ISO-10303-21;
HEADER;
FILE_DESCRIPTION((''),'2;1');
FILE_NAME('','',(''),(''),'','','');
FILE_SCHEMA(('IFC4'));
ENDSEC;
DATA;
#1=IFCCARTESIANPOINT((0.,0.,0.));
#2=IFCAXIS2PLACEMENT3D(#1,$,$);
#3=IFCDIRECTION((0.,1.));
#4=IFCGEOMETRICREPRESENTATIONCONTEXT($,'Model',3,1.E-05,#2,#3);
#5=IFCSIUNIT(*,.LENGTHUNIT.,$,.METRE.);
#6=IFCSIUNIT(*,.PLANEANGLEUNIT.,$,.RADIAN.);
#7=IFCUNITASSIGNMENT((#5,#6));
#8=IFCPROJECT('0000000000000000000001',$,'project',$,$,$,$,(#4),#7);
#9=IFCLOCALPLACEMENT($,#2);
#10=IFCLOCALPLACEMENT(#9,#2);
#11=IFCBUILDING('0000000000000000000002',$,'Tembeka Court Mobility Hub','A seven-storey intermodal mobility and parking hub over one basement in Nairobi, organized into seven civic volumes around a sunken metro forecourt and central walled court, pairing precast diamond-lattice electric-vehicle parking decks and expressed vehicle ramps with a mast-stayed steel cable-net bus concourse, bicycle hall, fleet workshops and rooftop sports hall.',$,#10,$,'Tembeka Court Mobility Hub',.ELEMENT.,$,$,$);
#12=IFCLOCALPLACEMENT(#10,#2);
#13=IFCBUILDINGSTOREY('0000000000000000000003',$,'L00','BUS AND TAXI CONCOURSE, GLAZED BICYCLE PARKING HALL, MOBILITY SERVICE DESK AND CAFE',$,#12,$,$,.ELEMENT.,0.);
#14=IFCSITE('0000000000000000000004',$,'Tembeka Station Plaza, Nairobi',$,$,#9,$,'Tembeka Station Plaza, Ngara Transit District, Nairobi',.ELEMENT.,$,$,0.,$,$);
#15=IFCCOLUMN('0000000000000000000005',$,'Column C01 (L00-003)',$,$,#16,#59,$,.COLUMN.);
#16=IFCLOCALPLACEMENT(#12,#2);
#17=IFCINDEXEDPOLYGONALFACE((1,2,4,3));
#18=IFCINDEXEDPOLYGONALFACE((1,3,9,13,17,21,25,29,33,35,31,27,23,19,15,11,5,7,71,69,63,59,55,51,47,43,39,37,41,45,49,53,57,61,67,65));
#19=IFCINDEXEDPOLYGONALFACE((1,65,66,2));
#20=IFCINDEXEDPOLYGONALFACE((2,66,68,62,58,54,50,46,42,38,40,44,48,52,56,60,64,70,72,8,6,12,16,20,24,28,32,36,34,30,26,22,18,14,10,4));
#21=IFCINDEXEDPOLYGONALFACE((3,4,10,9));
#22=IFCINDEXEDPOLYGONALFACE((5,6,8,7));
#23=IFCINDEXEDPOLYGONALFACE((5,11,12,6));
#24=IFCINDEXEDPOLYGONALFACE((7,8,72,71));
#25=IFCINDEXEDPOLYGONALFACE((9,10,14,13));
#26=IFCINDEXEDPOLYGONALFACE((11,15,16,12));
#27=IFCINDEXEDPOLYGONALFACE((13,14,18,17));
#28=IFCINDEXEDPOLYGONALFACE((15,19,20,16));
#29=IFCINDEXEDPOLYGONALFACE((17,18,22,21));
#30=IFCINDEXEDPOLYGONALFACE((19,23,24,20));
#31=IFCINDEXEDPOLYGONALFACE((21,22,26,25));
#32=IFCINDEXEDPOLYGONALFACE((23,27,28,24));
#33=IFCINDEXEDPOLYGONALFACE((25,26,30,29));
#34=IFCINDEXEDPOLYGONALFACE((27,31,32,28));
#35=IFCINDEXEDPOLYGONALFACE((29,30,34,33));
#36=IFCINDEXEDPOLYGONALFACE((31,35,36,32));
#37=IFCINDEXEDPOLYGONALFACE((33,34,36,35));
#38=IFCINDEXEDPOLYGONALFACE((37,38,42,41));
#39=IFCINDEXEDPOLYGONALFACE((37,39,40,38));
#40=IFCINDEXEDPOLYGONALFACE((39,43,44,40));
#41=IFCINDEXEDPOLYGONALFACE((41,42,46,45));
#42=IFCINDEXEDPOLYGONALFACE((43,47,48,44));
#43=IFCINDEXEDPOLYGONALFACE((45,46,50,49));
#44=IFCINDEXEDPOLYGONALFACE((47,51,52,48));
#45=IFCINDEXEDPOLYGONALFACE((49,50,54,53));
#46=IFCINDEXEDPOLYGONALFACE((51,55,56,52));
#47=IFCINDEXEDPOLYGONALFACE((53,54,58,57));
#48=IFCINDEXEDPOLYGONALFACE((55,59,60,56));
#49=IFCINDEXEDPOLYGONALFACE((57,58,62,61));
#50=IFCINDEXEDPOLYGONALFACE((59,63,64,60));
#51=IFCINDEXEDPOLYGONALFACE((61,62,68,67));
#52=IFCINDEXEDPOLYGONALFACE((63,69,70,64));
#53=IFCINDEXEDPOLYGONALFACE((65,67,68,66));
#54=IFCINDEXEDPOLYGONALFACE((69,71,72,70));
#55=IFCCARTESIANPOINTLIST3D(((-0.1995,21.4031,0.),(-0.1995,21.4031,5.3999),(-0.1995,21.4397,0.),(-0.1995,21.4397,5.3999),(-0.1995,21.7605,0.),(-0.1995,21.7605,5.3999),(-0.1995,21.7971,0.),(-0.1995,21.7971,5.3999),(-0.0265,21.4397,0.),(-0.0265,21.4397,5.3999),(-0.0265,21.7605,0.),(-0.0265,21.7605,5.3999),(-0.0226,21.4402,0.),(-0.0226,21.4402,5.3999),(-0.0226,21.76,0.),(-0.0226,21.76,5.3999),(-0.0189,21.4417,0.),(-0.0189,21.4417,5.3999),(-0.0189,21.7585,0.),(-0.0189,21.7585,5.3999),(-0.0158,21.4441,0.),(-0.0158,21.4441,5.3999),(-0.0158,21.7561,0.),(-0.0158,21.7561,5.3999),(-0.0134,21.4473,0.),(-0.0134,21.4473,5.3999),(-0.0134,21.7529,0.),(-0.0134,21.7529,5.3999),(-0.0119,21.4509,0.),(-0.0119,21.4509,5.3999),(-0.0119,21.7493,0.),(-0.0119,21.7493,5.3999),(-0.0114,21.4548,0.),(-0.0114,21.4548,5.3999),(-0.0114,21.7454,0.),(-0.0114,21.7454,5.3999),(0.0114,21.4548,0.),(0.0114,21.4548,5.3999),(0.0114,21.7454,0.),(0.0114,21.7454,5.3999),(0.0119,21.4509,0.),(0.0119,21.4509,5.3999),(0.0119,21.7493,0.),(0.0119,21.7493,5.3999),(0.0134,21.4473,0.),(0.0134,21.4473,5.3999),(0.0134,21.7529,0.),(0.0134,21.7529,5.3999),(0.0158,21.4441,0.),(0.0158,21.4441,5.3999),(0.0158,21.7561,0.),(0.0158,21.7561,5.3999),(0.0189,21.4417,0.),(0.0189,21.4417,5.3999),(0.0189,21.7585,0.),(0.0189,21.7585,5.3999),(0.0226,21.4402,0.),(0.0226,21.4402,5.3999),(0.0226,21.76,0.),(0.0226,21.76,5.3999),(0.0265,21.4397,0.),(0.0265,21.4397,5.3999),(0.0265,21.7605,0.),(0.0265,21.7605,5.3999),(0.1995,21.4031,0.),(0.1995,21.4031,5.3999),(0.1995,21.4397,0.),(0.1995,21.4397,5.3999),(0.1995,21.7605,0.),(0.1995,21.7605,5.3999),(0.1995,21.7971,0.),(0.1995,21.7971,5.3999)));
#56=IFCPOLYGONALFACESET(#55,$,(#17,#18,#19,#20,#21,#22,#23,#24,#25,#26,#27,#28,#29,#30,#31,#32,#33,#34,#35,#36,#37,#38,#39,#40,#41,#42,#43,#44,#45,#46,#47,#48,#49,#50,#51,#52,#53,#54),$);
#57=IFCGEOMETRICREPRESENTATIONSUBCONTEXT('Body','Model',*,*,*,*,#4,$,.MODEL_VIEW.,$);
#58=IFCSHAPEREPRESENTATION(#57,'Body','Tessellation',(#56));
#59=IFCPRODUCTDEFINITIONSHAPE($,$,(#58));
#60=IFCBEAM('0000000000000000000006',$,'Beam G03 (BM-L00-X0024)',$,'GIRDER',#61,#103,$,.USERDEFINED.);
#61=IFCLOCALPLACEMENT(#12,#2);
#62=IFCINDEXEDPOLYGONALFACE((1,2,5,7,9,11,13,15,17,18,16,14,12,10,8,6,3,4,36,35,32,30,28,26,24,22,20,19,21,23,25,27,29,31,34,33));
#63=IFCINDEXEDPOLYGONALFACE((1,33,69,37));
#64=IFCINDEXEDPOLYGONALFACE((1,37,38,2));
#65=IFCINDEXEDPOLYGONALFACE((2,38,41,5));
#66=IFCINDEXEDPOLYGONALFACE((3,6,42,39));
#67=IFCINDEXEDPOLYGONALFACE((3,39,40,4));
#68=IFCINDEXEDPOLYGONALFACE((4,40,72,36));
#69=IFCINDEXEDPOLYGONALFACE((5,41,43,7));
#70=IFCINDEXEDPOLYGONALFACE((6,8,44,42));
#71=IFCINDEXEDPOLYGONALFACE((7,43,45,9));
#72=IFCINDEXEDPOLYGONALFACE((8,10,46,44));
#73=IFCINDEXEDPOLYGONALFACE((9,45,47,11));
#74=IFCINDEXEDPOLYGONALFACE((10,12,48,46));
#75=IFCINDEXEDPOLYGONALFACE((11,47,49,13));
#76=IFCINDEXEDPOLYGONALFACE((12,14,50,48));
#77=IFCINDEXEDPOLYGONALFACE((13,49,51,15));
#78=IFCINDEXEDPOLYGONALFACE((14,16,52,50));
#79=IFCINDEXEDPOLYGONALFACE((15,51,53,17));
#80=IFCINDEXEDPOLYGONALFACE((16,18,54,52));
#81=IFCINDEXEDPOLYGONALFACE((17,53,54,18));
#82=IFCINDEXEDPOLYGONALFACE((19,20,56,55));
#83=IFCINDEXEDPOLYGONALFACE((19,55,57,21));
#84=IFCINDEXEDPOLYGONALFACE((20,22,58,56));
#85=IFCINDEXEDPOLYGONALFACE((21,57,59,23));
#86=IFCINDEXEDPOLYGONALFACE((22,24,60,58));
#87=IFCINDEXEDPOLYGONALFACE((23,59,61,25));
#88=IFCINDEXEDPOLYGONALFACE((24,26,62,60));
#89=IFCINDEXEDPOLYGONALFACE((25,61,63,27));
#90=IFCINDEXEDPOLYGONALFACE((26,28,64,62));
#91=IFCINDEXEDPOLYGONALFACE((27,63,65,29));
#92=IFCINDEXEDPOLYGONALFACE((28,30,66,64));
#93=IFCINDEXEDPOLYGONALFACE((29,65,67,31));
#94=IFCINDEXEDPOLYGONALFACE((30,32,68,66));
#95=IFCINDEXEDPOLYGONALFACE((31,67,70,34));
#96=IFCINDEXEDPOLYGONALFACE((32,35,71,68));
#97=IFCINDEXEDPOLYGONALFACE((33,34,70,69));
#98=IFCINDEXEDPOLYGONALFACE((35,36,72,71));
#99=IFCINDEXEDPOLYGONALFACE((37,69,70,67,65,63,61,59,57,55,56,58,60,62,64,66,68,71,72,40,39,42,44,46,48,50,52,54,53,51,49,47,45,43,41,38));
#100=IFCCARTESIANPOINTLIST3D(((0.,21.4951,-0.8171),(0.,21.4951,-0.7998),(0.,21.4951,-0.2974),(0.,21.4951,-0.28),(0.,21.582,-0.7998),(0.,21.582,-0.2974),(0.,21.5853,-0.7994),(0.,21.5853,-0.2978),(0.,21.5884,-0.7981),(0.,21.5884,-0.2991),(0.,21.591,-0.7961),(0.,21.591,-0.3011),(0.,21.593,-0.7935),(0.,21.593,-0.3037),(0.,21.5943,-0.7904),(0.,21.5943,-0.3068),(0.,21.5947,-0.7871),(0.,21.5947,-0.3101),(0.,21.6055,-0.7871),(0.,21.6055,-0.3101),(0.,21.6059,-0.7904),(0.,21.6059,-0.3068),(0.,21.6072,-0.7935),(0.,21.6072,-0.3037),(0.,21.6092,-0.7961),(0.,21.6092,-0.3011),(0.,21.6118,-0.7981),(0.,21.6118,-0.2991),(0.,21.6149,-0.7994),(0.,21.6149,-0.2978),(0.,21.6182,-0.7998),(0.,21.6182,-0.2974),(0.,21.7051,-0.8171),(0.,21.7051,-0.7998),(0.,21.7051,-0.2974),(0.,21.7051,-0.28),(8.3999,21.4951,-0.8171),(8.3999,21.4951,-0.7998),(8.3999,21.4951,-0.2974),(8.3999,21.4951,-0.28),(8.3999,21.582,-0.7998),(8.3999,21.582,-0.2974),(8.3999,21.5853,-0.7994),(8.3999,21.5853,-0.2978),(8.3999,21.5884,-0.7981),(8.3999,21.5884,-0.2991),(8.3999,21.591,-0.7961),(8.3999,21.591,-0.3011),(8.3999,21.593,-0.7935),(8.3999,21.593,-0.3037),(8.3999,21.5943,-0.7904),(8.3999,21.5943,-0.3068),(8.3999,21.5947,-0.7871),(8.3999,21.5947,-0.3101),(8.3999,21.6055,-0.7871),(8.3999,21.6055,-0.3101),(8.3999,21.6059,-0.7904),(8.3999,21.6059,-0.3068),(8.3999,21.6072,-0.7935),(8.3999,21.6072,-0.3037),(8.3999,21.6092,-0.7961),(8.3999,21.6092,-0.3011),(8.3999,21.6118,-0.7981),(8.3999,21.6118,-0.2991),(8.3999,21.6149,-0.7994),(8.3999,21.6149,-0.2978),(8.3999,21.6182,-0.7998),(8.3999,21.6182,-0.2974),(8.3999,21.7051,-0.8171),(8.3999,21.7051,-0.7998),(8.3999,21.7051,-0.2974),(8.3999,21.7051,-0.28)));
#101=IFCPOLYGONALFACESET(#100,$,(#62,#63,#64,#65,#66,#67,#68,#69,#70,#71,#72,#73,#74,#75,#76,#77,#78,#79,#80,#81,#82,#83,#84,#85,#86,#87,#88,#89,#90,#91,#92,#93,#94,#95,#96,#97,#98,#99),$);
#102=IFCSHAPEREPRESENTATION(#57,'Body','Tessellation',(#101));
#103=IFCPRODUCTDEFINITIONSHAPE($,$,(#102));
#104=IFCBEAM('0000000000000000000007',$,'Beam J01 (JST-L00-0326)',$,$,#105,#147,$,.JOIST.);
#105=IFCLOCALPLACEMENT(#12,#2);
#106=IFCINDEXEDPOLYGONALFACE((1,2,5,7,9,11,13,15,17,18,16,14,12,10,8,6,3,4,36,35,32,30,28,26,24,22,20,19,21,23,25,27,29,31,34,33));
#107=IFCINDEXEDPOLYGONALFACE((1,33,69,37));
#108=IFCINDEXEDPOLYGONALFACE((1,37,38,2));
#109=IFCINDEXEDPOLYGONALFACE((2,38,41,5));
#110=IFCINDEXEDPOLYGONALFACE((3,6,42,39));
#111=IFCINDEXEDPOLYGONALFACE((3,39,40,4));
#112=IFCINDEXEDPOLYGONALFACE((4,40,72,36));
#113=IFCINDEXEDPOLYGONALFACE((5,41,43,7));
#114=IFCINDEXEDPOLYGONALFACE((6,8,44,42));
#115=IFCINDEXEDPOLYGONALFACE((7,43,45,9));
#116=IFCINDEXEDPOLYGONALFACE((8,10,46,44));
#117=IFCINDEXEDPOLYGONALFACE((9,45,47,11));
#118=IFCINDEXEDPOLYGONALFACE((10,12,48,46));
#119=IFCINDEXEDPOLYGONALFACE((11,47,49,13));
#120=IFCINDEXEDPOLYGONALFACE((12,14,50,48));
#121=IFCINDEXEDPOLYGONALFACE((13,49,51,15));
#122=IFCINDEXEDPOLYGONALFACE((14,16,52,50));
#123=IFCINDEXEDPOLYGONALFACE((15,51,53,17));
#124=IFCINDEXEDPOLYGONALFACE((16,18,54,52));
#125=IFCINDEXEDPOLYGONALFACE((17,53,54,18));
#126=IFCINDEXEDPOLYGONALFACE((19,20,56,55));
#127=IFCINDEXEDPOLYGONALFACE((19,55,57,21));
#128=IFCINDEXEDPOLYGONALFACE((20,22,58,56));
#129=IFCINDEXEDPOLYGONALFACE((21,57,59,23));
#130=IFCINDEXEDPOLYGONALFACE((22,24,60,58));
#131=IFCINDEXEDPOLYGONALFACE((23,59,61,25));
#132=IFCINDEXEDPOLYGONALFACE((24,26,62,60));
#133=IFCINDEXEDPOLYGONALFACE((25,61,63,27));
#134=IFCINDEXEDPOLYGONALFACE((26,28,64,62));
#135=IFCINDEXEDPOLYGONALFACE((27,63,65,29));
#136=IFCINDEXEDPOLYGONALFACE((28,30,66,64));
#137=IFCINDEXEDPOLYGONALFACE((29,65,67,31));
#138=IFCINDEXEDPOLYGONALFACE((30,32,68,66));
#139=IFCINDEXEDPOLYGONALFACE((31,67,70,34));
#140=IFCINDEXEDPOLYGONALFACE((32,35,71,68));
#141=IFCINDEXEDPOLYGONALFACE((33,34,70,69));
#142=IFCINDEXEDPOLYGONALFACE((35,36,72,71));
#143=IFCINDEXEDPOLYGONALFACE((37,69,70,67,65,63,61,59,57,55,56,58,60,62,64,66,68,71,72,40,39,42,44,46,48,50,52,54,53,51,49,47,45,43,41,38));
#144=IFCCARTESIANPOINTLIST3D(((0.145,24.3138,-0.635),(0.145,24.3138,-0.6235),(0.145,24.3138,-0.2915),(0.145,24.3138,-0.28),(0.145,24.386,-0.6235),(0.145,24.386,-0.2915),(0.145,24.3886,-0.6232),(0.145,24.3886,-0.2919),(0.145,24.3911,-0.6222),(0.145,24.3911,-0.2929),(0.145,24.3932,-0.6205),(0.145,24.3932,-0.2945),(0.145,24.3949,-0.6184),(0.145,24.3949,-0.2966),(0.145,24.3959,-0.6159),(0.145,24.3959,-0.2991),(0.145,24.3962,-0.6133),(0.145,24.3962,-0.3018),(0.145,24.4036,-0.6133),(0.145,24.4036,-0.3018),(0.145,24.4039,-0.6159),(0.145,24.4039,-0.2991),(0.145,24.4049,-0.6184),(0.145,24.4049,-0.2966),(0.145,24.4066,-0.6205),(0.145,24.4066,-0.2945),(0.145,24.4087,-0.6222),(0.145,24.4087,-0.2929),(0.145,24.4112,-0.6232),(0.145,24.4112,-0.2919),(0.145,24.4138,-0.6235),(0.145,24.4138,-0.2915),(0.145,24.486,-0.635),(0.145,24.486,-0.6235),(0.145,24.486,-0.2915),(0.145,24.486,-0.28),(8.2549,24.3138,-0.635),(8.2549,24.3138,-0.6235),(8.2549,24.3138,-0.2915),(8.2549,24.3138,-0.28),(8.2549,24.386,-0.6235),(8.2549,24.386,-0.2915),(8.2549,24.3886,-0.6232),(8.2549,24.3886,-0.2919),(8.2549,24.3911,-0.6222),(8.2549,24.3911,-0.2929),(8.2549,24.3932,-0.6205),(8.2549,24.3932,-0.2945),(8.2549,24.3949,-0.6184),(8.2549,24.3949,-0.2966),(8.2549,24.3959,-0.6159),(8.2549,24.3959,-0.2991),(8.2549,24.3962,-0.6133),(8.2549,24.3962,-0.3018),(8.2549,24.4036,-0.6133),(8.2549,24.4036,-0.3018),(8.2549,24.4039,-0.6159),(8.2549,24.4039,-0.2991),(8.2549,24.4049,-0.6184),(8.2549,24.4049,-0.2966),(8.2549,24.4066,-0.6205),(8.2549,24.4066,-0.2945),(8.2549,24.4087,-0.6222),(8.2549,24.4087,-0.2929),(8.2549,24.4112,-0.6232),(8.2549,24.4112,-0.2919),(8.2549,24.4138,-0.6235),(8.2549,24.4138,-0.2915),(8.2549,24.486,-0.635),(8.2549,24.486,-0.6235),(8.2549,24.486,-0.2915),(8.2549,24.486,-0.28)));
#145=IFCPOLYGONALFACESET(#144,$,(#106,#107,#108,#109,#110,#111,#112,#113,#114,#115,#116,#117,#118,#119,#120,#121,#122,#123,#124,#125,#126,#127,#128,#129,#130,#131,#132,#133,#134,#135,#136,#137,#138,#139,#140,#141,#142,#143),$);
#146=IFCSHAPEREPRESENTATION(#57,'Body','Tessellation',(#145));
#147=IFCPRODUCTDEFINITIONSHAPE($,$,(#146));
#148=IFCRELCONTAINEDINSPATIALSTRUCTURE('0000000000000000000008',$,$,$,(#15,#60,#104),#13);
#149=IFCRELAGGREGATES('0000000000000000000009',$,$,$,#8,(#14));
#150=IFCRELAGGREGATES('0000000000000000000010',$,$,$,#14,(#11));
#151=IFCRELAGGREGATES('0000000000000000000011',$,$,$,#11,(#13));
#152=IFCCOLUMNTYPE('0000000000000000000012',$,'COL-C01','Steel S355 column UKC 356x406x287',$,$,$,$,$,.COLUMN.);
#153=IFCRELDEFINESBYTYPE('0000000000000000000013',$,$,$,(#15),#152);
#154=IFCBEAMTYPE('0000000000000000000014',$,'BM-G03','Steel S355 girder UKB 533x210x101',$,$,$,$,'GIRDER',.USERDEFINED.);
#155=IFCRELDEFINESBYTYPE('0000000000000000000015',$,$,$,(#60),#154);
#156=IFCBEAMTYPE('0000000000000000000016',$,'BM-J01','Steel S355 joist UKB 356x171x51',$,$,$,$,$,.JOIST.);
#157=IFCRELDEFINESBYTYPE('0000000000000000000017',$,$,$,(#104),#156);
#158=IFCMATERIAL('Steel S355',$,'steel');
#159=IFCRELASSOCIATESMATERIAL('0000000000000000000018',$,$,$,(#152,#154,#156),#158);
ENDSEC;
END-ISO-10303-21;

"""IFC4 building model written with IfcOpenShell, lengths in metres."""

from ifc_helpers import new_model, si_unit, direction, frame, origin, origin_2d, place, context, subcontext, project, spatial, i_section, extrude, material, material_profile, profile_set, type_object, element, save


model = new_model("IFC4")

# Units and contexts
model_context = context("Model", 3, precision=1e-05, world=origin(), true_north=direction((0.0, 1.0)))
body_context = subcontext(model_context, "Body", "Model", "MODEL_VIEW")
ifc_project = project(units=[si_unit("LENGTHUNIT", "METRE"), si_unit("PLANEANGLEUNIT", "RADIAN")], contexts=[model_context])

# Site, building, storey
site_placement = place(None, origin())
site = spatial("IfcSite", under=ifc_project, at=site_placement, Name="Tembeka Station Plaza, Nairobi", LongName="Tembeka Station Plaza, Ngara Transit District, Nairobi", CompositionType="ELEMENT", RefElevation=0.0)
building_placement = place(site_placement, origin())
building = spatial("IfcBuilding", under=site, at=building_placement, Name="Tembeka Court Mobility Hub", Description="A seven-storey intermodal mobility and parking hub over one basement in Nairobi, organized into seven civic volumes around a sunken metro forecourt and central walled court, pairing precast diamond-lattice electric-vehicle parking decks and expressed vehicle ramps with a mast-stayed steel cable-net bus concourse, bicycle hall, fleet workshops and rooftop sports hall.", LongName="Tembeka Court Mobility Hub", CompositionType="ELEMENT")
storey_placement = place(building_placement, origin())
storey = spatial("IfcBuildingStorey", under=building, at=storey_placement, Name="L00", Description="BUS AND TAXI CONCOURSE, GLAZED BICYCLE PARKING HALL, MOBILITY SERVICE DESK AND CAFE", CompositionType="ELEMENT", Elevation=0.0)

# Column
ifc_material_1 = material(Name="Steel S355", Category="steel")
ifc_material_profile_1 = material_profile(ifc_material_1, i_section(OverallWidth=0.3989, OverallDepth=0.394, WebThickness=0.0227, FlangeThickness=0.0366, FilletRadius=0.0151, at=origin_2d()), Name="UKC 356x406x287")
ifc_profile_set_1 = profile_set([ifc_material_profile_1], Name="Steel S355")
column_type = type_object("IfcColumnType", Name="COL-C01", Description="Steel S355 column UKC 356x406x287", PredefinedType="COLUMN", material=ifc_profile_set_1)
column_placement = place(storey_placement, frame((0.0, 21.6001, 0.0), z_axis=(0.0, 0.0, 1.0), x_axis=(1.0, 0.0, 0.0)))
element("IfcColumn", 1, at=column_placement, inside=storey, type_object=column_type, Name="Column C01 (L00-003)", PredefinedType="COLUMN", context=body_context, shape_type="SweptSolid", body=[
    extrude(i_section(OverallWidth=0.3989, OverallDepth=0.394, WebThickness=0.0227, FlangeThickness=0.0366, FilletRadius=0.0151, at=origin_2d()), origin(), (0.0, 0.0, 1.0), 5.3999),
])

# Beams
ifc_material_profile_2 = material_profile(ifc_material_1, i_section(OverallWidth=0.21, OverallDepth=0.5371, WebThickness=0.0107, FlangeThickness=0.0173, FilletRadius=0.0127, at=origin_2d()), Name="UKB 533x210x101")
ifc_profile_set_2 = profile_set([ifc_material_profile_2], Name="Steel S355")
beam_type_1 = type_object("IfcBeamType", Name="BM-G03", Description="Steel S355 girder UKB 533x210x101", ElementType="GIRDER", PredefinedType="USERDEFINED", material=ifc_profile_set_2)
beam_1_placement = place(storey_placement, frame((0.0, 21.6001, -0.5486), z_axis=(1.0, 0.0, 0.0), x_axis=(0.0, 1.0, 0.0)))
element("IfcBeam", 2, at=beam_1_placement, inside=storey, type_object=beam_type_1, Name="Beam G03 (BM-L00-X0024)", ObjectType="GIRDER", PredefinedType="USERDEFINED", context=body_context, shape_type="SweptSolid", body=[
    extrude(i_section(OverallWidth=0.21, OverallDepth=0.5371, WebThickness=0.0107, FlangeThickness=0.0173, FilletRadius=0.0127, at=origin_2d()), origin(), (0.0, 0.0, 1.0), 8.3999),
])
ifc_material_profile_3 = material_profile(ifc_material_1, i_section(OverallWidth=0.1721, OverallDepth=0.355, WebThickness=0.0073, FlangeThickness=0.0115, FilletRadius=0.0103, at=origin_2d()), Name="UKB 356x171x51")
ifc_profile_set_3 = profile_set([ifc_material_profile_3], Name="Steel S355")
beam_type_2 = type_object("IfcBeamType", Name="BM-J01", Description="Steel S355 joist UKB 356x171x51", PredefinedType="JOIST", material=ifc_profile_set_3)
beam_2_placement = place(storey_placement, frame((0.145, 24.3999, -0.4575), z_axis=(1.0, 0.0, 0.0), x_axis=(0.0, 1.0, 0.0)))
element("IfcBeam", 3, at=beam_2_placement, inside=storey, type_object=beam_type_2, Name="Beam J01 (JST-L00-0326)", PredefinedType="JOIST", context=body_context, shape_type="SweptSolid", body=[
    extrude(i_section(OverallWidth=0.1721, OverallDepth=0.355, WebThickness=0.0073, FlangeThickness=0.0115, FilletRadius=0.0103, at=origin_2d()), origin(), (0.0, 0.0, 1.0), 8.1099),
])

save(model, "model.ifc")
